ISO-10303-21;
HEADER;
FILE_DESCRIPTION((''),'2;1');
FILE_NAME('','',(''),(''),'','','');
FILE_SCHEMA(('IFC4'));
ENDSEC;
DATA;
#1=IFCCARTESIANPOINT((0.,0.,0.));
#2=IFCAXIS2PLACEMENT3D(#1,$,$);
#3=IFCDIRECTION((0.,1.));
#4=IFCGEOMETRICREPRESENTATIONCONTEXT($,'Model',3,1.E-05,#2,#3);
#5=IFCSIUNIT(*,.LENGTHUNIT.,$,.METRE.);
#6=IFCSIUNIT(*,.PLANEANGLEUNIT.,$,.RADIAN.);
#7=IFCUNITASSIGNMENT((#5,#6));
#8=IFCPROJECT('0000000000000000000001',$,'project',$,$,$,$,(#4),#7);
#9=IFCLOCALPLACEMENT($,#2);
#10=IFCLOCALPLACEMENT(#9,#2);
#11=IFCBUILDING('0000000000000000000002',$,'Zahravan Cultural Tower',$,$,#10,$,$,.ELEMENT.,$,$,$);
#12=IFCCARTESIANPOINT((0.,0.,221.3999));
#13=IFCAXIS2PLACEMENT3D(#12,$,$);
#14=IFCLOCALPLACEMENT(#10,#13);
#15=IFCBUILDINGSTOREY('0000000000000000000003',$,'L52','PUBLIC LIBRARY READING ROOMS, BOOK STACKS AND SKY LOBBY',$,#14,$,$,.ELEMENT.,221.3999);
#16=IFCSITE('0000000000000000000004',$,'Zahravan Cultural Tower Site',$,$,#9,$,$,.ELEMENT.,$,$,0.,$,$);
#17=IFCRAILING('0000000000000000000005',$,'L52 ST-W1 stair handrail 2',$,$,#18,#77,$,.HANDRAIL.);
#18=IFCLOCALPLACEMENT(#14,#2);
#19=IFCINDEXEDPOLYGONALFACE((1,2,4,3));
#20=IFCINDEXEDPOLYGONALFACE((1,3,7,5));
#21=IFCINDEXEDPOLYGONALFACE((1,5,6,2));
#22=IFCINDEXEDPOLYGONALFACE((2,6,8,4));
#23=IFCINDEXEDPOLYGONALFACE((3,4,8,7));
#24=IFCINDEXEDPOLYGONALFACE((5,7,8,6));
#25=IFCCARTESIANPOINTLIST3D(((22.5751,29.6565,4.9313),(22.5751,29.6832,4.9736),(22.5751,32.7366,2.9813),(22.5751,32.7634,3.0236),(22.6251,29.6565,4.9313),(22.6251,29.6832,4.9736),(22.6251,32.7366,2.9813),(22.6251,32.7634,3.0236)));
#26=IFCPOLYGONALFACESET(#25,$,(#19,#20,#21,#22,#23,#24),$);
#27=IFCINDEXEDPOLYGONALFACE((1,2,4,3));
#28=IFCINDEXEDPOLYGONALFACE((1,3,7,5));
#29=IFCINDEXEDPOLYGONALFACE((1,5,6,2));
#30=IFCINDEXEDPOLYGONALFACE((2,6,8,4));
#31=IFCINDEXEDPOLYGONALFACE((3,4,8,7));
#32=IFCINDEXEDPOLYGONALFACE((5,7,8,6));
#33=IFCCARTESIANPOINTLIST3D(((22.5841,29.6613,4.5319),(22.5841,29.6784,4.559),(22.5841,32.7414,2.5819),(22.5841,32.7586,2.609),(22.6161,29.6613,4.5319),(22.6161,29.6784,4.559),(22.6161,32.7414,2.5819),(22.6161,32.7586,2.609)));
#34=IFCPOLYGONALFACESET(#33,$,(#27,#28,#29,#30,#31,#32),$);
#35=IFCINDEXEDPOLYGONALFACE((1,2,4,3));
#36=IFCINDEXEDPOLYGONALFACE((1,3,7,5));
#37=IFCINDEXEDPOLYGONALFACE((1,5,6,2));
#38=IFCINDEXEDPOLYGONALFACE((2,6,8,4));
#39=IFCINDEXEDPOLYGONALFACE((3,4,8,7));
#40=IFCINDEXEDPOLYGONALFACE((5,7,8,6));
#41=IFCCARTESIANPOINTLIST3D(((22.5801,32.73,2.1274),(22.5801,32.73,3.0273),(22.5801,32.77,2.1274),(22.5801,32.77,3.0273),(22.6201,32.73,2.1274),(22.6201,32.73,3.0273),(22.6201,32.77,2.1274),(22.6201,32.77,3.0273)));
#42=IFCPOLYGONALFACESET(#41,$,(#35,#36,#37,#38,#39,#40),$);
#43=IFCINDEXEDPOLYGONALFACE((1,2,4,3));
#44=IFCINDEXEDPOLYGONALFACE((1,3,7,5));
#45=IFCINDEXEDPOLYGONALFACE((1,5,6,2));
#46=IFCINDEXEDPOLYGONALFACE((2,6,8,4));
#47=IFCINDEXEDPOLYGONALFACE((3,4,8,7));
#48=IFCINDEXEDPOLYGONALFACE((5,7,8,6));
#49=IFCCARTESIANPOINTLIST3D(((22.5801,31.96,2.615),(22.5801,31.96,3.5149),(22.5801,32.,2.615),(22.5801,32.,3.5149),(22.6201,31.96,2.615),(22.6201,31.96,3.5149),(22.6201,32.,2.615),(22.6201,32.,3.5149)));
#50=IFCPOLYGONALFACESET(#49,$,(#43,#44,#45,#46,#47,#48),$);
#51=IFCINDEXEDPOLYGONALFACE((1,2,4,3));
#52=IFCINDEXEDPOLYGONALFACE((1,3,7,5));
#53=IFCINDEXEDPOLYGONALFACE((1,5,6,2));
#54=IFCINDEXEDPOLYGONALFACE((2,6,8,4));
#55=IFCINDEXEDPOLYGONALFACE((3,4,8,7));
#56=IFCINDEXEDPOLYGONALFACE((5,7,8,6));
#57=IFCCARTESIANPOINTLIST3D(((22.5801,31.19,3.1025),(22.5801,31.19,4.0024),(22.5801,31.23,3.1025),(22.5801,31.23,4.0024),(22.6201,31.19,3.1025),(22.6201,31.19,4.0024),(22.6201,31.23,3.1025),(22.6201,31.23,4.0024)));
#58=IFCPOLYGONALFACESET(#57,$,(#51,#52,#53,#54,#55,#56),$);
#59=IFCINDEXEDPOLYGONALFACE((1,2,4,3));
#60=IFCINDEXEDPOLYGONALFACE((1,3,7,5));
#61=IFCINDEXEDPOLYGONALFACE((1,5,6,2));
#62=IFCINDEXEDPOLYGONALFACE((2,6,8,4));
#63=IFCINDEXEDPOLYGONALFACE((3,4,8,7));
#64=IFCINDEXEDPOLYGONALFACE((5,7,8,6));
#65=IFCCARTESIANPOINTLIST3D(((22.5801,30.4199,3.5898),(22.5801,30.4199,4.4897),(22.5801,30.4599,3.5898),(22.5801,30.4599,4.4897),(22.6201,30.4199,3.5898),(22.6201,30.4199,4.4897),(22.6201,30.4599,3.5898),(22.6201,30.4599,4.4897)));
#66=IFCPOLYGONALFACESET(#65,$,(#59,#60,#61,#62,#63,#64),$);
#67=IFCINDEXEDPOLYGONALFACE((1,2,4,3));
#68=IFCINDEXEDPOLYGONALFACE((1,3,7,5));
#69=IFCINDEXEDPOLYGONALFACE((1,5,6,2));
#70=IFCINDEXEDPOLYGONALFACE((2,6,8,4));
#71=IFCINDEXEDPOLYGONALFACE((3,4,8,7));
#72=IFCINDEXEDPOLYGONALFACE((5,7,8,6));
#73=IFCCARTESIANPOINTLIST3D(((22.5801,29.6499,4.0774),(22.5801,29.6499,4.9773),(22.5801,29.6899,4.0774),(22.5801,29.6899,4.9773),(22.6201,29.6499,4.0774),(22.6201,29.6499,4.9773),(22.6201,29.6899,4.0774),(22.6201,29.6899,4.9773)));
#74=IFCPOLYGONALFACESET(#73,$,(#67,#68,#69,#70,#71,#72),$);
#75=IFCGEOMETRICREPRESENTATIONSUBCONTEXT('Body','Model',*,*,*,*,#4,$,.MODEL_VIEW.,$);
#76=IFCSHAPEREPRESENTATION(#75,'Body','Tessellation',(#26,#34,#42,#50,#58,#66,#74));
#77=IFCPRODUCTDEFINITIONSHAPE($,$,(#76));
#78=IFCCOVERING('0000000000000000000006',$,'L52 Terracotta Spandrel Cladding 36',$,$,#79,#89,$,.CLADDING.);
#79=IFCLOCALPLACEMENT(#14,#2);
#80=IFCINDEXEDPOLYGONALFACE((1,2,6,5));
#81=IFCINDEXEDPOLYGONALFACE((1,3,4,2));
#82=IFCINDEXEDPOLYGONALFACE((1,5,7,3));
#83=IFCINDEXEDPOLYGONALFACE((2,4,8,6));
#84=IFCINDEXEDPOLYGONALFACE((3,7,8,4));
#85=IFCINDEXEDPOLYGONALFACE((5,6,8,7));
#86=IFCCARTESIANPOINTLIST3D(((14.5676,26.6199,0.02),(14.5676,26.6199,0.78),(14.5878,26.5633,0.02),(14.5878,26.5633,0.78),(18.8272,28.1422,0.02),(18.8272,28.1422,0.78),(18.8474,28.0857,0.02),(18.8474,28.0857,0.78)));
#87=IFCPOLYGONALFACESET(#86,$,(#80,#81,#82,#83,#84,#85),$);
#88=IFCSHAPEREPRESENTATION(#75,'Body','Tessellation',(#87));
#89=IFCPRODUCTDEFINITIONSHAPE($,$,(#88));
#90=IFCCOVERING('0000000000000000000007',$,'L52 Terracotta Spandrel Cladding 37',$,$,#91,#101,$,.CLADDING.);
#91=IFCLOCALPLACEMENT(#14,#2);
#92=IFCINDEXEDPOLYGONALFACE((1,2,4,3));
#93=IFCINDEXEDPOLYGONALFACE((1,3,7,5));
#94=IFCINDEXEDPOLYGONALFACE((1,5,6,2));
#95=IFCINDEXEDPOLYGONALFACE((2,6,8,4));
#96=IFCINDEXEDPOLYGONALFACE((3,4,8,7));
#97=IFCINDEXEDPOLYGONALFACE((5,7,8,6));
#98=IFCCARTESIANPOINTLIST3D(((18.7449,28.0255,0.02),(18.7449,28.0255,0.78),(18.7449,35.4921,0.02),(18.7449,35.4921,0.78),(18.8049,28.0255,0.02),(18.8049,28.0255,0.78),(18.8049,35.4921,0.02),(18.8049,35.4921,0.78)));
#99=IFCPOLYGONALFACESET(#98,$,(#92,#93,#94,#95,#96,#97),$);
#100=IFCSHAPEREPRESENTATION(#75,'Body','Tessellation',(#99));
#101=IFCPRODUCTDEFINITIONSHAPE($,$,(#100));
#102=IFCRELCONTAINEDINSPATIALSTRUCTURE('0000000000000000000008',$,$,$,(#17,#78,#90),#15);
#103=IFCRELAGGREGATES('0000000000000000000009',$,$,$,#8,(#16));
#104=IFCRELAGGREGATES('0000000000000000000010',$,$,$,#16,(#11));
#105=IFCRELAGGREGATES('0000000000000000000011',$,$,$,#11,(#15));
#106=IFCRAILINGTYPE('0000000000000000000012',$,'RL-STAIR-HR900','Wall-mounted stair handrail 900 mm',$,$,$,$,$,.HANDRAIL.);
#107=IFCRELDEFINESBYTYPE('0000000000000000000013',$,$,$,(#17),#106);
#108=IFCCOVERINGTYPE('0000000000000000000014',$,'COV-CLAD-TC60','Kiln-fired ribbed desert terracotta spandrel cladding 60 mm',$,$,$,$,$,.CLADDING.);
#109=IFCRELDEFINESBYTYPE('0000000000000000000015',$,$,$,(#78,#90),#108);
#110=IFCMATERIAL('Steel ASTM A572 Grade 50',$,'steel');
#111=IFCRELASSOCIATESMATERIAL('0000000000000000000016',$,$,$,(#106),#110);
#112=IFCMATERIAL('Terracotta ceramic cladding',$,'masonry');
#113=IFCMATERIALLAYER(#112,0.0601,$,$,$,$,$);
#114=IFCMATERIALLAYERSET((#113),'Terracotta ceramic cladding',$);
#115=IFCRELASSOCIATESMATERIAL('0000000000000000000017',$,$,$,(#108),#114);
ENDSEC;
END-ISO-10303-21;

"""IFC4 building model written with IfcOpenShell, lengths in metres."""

from ifc_helpers import new_model, si_unit, direction, frame, origin, origin_2d, place, context, subcontext, project, spatial, rectangle, extrude, source, transform, mapped, material, layer, layer_set, type_object, element, save


model = new_model("IFC4")

# Units and contexts
model_context = context("Model", 3, precision=1e-05, world=origin(), true_north=direction((0.0, 1.0)))
body_context = subcontext(model_context, "Body", "Model", "MODEL_VIEW")
ifc_project = project(units=[si_unit("LENGTHUNIT", "METRE"), si_unit("PLANEANGLEUNIT", "RADIAN")], contexts=[model_context])

# Site, building, storey
site_placement = place(None, origin())
site = spatial("IfcSite", under=ifc_project, at=site_placement, Name="Zahravan Cultural Tower Site", CompositionType="ELEMENT", RefElevation=0.0)
building_placement = place(site_placement, origin())
building = spatial("IfcBuilding", under=site, at=building_placement, Name="Zahravan Cultural Tower", CompositionType="ELEMENT")
storey_placement = place(building_placement, frame((0.0, 0.0, 221.3999)))
storey = spatial("IfcBuildingStorey", under=building, at=storey_placement, Name="L52", Description="PUBLIC LIBRARY READING ROOMS, BOOK STACKS AND SKY LOBBY", CompositionType="ELEMENT", Elevation=221.3999)

# Railing
ifc_material_1 = material(Name="Steel ASTM A572 Grade 50", Category="steel")
railing_type_1 = type_object("IfcRailingType", Name="RL-STAIR-HR900", Description="Wall-mounted stair handrail 900 mm", PredefinedType="HANDRAIL", material=ifc_material_1)
railing_1_placement = place(storey_placement, frame((22.6001, 32.75, 2.1274)))
element("IfcRailing", 1, at=railing_1_placement, inside=storey, type_object=railing_type_1, Name="L52 ST-W1 stair handrail 2", PredefinedType="HANDRAIL", context=body_context, shape_type="SweptSolid", body=[
    extrude(rectangle(XDim=0.05, YDim=0.05, at=origin_2d()), frame((0.0, 0.0, 0.875), z_axis=(0.0, -0.844914, 0.534902), x_axis=(1.0, 0.0, 0.0)), (0.0, 0.0, 1.0), 3.6455),
    extrude(rectangle(XDim=0.032, YDim=0.032, at=origin_2d()), frame((0.0, 0.0, 0.468), z_axis=(0.0, -0.844914, 0.534902), x_axis=(1.0, 0.0, 0.0)), (0.0, 0.0, 1.0), 3.6455),
    extrude(rectangle(XDim=0.04, YDim=0.04, at=origin_2d()), origin(), (0.0, 0.0, 1.0), 0.8999),
    extrude(rectangle(XDim=0.04, YDim=0.04, at=origin_2d()), frame((0.0, -0.77, 0.4875)), (0.0, 0.0, 1.0), 0.8999),
    extrude(rectangle(XDim=0.04, YDim=0.04, at=origin_2d()), frame((0.0, -1.54, 0.9751)), (0.0, 0.0, 1.0), 0.8999),
    extrude(rectangle(XDim=0.04, YDim=0.04, at=origin_2d()), frame((0.0, -2.3101, 1.4624)), (0.0, 0.0, 1.0), 0.8999),
    extrude(rectangle(XDim=0.04, YDim=0.04, at=origin_2d()), frame((0.0, -3.0801, 1.95)), (0.0, 0.0, 1.0), 0.8999),
])

# Coverings
ifc_material_2 = material(Name="Terracotta ceramic cladding", Category="masonry")
ifc_layer_1 = layer(ifc_material_2, 0.0601)
ifc_layer_set_1 = layer_set([ifc_layer_1], Name="Terracotta ceramic cladding")
covering_type = type_object("IfcCoveringType", Name="COV-CLAD-TC60", Description="Kiln-fired ribbed desert terracotta spandrel cladding 60 mm", PredefinedType="CLADDING", material=ifc_layer_set_1)
shared_shape_1 = source(origin(), body_context, "Body", "SweptSolid", [
    extrude(rectangle(XDim=4.5234, YDim=0.0601, at=origin_2d()), origin(), (0.0, 0.0, 1.0), 0.76),
])
covering_1_placement = place(storey_placement, frame((16.7075, 27.3528, 0.02), z_axis=(0.0, 0.0, 1.0), x_axis=(0.941665, 0.336553, 0.0)))
element("IfcCovering", 2, at=covering_1_placement, inside=storey, type_object=covering_type, Name="L52 Terracotta Spandrel Cladding 36", PredefinedType="CLADDING", context=body_context, shape_type="MappedRepresentation", body=[
    mapped(shared_shape_1, transform((0.0, 0.0, 0.0), x_axis=(1.0, 0.0, 0.0), y_axis=(0.0, 1.0, 0.0), z_axis=(0.0, 0.0, 1.0), scale=1.0)),
])
shared_shape_2 = source(origin(), body_context, "Body", "SweptSolid", [
    extrude(rectangle(XDim=7.4666, YDim=0.0601, at=origin_2d()), origin(), (0.0, 0.0, 1.0), 0.76),
])
covering_2_placement = place(storey_placement, frame((18.7749, 31.7588, 0.02), z_axis=(0.0, 0.0, 1.0), x_axis=(0.0, 1.0, 0.0)))
element("IfcCovering", 3, at=covering_2_placement, inside=storey, type_object=covering_type, Name="L52 Terracotta Spandrel Cladding 37", PredefinedType="CLADDING", context=body_context, shape_type="MappedRepresentation", body=[
    mapped(shared_shape_2, transform((0.0, 0.0, 0.0), x_axis=(1.0, 0.0, 0.0), y_axis=(0.0, 1.0, 0.0), z_axis=(0.0, 0.0, 1.0), scale=1.0)),
])

save(model, "model.ifc")
